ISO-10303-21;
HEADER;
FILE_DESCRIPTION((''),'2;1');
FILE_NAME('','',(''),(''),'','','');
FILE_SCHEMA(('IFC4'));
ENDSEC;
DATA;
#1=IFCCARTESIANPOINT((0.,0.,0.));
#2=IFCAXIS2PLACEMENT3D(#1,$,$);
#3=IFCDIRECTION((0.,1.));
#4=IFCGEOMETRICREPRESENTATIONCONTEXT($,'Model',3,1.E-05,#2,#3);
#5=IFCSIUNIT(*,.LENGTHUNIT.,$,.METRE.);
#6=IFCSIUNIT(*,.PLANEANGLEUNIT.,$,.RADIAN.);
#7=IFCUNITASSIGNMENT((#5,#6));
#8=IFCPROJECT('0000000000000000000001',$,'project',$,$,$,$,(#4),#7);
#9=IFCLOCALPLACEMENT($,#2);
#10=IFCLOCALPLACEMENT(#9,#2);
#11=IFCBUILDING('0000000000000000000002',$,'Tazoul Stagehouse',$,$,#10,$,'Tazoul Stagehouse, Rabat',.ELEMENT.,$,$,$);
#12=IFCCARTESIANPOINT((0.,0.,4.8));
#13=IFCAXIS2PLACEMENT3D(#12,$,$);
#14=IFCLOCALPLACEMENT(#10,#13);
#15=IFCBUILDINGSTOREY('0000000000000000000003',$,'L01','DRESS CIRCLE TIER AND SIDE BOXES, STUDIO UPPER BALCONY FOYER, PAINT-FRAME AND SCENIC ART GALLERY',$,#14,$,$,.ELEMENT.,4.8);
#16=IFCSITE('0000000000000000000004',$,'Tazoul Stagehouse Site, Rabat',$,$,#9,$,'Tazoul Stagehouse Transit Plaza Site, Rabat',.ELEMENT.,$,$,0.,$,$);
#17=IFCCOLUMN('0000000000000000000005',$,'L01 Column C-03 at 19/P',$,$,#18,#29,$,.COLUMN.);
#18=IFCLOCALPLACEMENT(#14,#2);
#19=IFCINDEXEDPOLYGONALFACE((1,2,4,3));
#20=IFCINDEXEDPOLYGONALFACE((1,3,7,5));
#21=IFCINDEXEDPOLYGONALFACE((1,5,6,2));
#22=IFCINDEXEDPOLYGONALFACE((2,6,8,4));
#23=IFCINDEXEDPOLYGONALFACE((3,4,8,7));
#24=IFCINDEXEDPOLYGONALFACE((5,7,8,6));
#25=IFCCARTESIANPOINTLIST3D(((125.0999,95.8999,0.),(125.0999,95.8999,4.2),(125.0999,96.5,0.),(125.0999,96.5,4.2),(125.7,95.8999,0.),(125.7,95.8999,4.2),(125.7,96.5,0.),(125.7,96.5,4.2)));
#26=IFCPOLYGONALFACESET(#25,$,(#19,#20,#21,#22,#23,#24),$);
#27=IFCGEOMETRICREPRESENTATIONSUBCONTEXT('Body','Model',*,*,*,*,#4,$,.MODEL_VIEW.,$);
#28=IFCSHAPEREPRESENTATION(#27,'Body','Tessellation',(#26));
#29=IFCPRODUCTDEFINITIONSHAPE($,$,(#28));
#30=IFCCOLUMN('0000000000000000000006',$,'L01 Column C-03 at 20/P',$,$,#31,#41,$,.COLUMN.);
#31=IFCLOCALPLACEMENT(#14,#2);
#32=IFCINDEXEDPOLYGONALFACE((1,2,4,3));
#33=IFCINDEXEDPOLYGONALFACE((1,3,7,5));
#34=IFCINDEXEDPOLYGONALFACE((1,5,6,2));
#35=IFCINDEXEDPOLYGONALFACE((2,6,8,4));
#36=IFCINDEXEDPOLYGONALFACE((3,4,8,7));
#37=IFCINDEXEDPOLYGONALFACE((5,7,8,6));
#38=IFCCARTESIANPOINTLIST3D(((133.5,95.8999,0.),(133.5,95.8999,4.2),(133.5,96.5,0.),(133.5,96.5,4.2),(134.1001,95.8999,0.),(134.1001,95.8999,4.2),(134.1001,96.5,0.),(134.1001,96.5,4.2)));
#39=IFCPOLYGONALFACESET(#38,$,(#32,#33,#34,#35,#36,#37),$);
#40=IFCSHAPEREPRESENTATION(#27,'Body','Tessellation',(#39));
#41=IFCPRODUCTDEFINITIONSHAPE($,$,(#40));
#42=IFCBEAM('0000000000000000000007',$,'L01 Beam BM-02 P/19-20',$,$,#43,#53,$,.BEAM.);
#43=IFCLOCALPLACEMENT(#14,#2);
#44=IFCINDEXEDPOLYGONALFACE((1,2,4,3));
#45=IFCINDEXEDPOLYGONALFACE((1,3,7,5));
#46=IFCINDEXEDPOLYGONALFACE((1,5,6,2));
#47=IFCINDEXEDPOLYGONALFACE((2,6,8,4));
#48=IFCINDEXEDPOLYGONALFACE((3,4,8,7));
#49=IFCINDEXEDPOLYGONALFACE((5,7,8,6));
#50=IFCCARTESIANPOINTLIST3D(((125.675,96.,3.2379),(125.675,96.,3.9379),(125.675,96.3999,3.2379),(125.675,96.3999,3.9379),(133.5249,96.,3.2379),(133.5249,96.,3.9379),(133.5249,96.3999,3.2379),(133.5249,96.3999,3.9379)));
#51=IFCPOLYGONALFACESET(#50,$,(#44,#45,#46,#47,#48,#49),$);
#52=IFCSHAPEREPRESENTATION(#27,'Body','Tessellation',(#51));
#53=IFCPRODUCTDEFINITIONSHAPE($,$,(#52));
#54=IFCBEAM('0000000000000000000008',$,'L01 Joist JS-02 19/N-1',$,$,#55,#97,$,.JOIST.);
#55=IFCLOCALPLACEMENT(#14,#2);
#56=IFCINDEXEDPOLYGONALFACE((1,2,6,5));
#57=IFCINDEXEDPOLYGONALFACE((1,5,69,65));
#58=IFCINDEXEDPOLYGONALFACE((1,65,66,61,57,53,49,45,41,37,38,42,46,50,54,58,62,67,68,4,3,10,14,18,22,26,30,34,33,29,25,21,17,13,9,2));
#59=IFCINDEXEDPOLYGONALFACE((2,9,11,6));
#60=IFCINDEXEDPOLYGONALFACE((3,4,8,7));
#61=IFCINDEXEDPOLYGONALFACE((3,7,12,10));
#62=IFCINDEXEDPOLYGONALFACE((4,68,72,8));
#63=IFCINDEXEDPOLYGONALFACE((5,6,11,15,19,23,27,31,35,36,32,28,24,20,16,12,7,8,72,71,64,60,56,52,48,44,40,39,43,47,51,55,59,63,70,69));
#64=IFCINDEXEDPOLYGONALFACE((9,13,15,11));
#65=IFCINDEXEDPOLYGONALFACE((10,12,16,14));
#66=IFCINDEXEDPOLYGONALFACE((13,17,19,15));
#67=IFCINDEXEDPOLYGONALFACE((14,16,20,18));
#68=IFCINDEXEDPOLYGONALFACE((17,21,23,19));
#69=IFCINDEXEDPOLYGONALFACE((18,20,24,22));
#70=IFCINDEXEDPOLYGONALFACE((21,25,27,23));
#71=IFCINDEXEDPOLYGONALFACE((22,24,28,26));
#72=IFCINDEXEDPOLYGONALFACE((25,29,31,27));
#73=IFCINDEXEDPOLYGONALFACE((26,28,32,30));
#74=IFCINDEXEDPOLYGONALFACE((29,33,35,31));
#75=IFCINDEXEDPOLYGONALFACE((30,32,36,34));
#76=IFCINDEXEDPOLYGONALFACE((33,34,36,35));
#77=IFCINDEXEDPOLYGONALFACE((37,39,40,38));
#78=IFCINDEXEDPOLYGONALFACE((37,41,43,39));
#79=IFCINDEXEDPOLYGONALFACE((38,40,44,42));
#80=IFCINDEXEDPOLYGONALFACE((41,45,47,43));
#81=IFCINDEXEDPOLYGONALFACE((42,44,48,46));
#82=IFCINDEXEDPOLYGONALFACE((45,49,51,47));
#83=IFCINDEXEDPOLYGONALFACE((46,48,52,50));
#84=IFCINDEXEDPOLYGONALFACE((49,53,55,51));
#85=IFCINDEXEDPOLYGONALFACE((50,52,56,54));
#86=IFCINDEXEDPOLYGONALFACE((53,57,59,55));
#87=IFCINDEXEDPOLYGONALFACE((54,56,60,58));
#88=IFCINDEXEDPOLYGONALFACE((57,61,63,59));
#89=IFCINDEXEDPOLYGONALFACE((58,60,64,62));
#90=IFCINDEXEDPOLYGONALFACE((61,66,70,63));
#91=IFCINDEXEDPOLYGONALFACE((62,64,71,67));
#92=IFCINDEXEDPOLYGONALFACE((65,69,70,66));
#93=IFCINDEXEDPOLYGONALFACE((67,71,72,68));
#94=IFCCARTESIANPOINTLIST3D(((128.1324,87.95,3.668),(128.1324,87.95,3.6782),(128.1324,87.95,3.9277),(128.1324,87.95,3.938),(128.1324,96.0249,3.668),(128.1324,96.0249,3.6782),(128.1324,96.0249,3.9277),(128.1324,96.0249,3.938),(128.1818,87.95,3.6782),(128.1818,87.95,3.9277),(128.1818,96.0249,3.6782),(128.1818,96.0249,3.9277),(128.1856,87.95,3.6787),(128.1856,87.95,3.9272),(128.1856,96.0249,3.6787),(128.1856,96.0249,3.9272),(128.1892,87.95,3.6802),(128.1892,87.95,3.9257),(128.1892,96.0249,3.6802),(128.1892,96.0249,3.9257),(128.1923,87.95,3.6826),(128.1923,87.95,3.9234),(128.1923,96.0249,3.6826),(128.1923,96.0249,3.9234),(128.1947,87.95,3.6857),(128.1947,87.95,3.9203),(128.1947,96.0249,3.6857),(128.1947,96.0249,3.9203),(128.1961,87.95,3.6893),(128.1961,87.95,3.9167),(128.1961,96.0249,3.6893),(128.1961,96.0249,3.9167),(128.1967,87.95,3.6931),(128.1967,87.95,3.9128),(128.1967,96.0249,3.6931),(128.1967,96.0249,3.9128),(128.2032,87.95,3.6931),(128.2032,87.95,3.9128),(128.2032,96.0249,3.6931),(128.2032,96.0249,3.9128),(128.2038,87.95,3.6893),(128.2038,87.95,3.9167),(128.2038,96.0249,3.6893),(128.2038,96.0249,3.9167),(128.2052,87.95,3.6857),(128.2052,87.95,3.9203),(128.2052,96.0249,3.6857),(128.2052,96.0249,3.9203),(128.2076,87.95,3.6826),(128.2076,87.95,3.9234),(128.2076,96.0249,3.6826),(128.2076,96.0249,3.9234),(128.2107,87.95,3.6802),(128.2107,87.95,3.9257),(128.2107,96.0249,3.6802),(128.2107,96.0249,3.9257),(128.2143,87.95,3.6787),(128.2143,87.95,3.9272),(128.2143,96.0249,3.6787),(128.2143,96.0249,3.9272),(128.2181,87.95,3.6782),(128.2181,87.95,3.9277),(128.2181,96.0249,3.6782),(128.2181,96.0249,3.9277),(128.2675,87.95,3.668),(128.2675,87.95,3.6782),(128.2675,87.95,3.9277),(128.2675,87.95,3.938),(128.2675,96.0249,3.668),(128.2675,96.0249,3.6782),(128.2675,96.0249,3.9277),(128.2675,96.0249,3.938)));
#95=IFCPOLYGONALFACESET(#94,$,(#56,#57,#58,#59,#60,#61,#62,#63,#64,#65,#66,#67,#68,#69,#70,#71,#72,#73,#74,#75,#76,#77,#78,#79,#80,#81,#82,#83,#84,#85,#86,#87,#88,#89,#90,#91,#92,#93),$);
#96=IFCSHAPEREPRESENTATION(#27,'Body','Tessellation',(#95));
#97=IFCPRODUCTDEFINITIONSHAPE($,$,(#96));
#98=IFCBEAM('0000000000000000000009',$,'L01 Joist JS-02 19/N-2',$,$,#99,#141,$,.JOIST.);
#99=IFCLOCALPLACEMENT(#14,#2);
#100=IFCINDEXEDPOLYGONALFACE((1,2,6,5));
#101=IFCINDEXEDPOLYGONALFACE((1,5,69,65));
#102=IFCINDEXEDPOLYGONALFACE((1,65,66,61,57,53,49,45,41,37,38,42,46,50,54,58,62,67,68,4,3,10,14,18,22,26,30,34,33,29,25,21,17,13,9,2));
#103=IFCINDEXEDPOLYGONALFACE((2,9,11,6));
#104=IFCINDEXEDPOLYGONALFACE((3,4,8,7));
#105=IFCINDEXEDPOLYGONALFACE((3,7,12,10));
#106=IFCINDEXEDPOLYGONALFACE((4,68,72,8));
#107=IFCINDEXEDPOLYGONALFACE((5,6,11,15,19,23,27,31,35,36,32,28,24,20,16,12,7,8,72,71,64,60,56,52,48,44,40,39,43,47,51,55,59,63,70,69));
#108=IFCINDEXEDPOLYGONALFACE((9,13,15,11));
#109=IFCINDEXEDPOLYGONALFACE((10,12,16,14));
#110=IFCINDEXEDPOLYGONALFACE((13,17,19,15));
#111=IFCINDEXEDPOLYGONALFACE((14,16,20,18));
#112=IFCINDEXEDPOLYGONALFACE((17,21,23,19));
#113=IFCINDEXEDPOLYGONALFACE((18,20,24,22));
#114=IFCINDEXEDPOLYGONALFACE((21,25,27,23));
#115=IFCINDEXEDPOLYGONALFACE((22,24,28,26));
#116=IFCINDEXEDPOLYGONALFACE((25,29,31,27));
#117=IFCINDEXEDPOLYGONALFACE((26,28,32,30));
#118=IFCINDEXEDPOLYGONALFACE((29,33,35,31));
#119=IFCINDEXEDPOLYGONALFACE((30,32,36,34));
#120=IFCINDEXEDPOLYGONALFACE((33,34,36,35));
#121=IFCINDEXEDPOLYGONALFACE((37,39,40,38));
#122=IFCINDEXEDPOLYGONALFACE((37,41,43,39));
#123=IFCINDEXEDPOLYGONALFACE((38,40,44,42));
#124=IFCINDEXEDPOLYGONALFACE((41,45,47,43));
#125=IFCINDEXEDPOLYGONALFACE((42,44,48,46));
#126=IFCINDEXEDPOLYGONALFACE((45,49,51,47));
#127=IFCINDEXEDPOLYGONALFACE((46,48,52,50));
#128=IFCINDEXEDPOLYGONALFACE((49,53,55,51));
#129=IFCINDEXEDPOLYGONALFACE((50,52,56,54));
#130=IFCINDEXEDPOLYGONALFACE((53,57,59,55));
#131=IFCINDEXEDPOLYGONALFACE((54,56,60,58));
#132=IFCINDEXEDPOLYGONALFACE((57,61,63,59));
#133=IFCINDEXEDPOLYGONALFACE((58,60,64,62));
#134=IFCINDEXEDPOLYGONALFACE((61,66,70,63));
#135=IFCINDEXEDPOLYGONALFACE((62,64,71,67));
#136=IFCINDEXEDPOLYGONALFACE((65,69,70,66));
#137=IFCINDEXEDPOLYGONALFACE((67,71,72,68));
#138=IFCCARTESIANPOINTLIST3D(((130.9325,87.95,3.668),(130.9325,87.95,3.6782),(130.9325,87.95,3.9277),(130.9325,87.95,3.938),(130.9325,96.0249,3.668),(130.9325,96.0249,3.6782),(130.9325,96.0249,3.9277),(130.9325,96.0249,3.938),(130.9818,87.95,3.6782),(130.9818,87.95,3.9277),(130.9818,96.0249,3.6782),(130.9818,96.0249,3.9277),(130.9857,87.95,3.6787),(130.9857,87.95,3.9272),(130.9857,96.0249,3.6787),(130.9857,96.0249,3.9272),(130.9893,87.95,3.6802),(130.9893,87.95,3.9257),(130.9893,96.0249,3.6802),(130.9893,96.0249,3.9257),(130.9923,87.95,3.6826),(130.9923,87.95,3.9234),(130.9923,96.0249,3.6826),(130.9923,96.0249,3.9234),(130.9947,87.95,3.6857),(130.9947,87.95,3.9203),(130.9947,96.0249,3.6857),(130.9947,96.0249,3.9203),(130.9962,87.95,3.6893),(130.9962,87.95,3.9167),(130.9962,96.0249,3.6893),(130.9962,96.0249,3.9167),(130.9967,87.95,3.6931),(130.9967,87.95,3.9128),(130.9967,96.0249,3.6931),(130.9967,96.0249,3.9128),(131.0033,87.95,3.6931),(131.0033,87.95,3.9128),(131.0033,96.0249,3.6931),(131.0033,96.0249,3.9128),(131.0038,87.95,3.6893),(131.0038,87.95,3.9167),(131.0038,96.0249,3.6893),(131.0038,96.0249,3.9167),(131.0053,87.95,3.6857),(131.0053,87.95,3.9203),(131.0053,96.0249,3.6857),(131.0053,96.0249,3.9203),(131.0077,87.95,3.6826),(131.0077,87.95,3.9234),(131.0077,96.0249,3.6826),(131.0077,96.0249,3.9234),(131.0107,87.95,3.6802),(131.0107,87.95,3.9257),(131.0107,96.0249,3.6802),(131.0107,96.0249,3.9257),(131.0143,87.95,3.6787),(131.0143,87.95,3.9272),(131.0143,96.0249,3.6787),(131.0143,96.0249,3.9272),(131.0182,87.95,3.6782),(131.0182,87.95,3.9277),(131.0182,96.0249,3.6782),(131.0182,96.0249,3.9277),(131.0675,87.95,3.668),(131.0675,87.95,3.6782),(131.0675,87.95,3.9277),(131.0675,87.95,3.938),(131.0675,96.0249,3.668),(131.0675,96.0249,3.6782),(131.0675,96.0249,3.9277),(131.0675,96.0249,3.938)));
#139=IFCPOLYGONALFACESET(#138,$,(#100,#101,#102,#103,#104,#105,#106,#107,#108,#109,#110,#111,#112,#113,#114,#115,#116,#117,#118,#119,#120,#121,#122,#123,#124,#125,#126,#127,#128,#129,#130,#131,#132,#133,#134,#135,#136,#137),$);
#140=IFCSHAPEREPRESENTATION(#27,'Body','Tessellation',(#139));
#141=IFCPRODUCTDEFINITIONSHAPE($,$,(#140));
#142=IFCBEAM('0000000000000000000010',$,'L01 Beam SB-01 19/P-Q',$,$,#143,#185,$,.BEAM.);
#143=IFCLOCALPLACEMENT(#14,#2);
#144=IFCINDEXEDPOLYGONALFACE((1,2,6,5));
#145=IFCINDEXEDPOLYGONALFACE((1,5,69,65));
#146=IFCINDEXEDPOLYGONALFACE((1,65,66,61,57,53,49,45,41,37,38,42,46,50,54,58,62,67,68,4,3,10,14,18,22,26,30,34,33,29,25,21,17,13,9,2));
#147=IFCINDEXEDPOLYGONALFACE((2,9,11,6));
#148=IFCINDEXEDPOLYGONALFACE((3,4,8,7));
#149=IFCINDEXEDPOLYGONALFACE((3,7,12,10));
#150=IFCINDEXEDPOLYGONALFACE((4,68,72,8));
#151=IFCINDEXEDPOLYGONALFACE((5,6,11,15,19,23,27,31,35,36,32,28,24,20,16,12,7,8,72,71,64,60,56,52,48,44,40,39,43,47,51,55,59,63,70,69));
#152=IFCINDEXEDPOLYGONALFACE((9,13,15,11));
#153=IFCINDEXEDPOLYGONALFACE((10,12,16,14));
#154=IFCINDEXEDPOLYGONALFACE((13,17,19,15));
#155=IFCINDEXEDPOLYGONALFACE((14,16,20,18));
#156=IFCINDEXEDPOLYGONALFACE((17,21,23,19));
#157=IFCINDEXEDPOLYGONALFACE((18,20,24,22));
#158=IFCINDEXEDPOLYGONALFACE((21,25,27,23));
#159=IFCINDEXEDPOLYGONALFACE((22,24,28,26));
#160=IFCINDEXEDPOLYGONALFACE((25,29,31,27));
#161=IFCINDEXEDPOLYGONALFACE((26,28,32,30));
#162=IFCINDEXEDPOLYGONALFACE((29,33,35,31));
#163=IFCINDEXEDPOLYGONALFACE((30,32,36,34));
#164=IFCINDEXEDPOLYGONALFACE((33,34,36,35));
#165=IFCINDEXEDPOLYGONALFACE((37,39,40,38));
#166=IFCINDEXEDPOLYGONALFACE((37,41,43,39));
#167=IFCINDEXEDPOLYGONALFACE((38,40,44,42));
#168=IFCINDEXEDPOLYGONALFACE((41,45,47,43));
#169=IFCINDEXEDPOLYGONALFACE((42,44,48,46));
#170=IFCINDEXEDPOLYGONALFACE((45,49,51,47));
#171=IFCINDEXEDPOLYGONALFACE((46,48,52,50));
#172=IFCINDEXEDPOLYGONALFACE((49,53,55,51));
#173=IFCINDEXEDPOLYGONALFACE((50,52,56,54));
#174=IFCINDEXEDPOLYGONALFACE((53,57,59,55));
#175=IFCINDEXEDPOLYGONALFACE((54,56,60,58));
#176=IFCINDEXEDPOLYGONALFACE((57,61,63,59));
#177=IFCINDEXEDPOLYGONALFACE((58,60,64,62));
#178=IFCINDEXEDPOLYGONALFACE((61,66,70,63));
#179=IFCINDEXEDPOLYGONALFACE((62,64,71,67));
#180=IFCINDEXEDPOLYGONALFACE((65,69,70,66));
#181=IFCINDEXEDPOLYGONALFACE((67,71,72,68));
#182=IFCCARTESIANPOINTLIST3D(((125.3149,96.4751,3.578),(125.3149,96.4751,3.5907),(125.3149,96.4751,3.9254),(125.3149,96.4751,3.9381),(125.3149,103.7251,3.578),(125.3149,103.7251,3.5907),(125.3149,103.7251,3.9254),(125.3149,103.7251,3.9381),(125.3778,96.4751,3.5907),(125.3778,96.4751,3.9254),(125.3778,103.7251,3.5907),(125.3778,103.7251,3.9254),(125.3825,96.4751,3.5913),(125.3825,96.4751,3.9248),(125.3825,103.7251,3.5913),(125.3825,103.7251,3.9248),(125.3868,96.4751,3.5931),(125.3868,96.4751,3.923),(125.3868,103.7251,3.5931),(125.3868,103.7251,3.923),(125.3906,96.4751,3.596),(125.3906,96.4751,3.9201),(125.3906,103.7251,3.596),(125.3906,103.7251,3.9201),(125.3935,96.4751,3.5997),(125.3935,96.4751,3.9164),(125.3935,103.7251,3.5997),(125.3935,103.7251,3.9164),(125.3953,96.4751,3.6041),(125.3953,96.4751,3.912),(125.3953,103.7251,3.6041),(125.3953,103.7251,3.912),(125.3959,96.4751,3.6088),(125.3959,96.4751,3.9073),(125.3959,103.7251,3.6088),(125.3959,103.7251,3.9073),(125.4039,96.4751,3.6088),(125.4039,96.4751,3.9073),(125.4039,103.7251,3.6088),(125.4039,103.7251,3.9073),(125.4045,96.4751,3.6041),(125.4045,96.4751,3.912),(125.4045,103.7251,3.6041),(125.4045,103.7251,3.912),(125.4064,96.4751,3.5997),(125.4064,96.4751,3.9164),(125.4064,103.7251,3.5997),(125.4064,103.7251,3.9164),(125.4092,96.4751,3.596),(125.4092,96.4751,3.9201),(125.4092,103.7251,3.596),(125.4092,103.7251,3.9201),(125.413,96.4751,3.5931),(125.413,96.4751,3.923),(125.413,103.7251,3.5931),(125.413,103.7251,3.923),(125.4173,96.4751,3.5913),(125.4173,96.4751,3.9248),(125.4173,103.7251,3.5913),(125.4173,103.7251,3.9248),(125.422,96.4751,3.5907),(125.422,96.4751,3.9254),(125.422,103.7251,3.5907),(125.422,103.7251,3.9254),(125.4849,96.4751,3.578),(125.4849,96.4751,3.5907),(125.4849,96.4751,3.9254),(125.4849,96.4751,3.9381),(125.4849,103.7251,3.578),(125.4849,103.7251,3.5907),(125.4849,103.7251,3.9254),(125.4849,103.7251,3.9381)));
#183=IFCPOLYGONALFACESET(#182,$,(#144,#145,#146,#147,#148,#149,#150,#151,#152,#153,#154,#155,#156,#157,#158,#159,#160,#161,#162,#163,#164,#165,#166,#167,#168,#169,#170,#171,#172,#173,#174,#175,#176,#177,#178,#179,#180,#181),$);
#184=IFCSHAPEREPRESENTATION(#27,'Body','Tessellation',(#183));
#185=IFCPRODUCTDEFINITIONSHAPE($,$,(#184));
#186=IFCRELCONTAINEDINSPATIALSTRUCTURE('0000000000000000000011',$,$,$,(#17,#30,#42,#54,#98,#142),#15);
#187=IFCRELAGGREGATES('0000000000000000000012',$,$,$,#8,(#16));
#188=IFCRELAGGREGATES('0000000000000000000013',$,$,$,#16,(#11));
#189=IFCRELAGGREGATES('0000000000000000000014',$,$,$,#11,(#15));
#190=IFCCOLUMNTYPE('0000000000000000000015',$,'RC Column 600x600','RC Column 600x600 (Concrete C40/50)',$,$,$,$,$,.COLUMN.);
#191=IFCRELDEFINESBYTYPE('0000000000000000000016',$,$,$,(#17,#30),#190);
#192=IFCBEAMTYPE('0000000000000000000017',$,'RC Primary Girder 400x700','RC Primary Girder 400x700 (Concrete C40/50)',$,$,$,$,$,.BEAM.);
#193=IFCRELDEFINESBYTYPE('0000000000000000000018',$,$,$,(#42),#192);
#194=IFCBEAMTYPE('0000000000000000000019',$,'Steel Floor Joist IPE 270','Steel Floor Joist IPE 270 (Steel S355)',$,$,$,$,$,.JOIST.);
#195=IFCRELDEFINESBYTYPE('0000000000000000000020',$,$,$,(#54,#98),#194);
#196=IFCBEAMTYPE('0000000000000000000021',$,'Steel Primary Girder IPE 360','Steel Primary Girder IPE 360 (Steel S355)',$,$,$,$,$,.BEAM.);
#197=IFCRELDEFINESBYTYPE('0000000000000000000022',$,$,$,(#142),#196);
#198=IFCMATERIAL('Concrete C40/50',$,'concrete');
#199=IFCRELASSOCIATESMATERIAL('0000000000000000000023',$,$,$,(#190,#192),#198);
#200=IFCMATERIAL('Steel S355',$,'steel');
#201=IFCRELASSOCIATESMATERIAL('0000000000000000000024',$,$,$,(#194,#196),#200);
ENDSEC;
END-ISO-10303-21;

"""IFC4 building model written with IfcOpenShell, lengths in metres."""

from ifc_helpers import new_model, si_unit, direction, frame, origin, origin_2d, place, context, subcontext, project, spatial, rectangle, i_section, extrude, material, material_profile, profile_set, type_object, element, save


model = new_model("IFC4")

# Units and contexts
model_context = context("Model", 3, precision=1e-05, world=origin(), true_north=direction((0.0, 1.0)))
body_context = subcontext(model_context, "Body", "Model", "MODEL_VIEW")
ifc_project = project(units=[si_unit("LENGTHUNIT", "METRE"), si_unit("PLANEANGLEUNIT", "RADIAN")], contexts=[model_context])

# Site, building, storey
site_placement = place(None, origin())
site = spatial("IfcSite", under=ifc_project, at=site_placement, Name="Tazoul Stagehouse Site, Rabat", LongName="Tazoul Stagehouse Transit Plaza Site, Rabat", CompositionType="ELEMENT", RefElevation=0.0)
building_placement = place(site_placement, origin())
building = spatial("IfcBuilding", under=site, at=building_placement, Name="Tazoul Stagehouse", LongName="Tazoul Stagehouse, Rabat", CompositionType="ELEMENT")
storey_placement = place(building_placement, frame((0.0, 0.0, 4.8)))
storey = spatial("IfcBuildingStorey", under=building, at=storey_placement, Name="L01", Description="DRESS CIRCLE TIER AND SIDE BOXES, STUDIO UPPER BALCONY FOYER, PAINT-FRAME AND SCENIC ART GALLERY", CompositionType="ELEMENT", Elevation=4.8)

# Columns
ifc_material_1 = material(Name="Concrete C40/50", Category="concrete")
ifc_material_profile_1 = material_profile(ifc_material_1, rectangle(XDim=0.6001, YDim=0.6001, at=origin_2d()), Name="RC 600x600")
ifc_profile_set_1 = profile_set([ifc_material_profile_1], Name="Concrete C40/50")
column_type = type_object("IfcColumnType", Name="RC Column 600x600", Description="RC Column 600x600 (Concrete C40/50)", PredefinedType="COLUMN", material=ifc_profile_set_1)
for number, where, z_axis, x_axis, name in (
    (1, (125.3999, 96.2, 0.0), (0.0, 0.0, 1.0), (1.0, 0.0, 0.0), "L01 Column C-03 at 19/P"),
    (2, (133.8, 96.2, 0.0), (0.0, 0.0, 1.0), (1.0, 0.0, 0.0), "L01 Column C-03 at 20/P"),
):
    element("IfcColumn", number, at=place(storey_placement, frame(where, z_axis=z_axis, x_axis=x_axis)), inside=storey, type_object=column_type, Name=name, PredefinedType="COLUMN", context=body_context, shape_type="SweptSolid", body=[
        extrude(rectangle(XDim=0.6001, YDim=0.6001, at=origin_2d()), origin(), (0.0, 0.0, 1.0), 4.2),
    ])

# Beams
ifc_material_profile_2 = material_profile(ifc_material_1, rectangle(XDim=0.3999, YDim=0.7, at=origin_2d()), Name="RC 400x700")
ifc_profile_set_2 = profile_set([ifc_material_profile_2], Name="Concrete C40/50")
beam_type_1 = type_object("IfcBeamType", Name="RC Primary Girder 400x700", Description="RC Primary Girder 400x700 (Concrete C40/50)", PredefinedType="BEAM", material=ifc_profile_set_2)
beam_placement = place(storey_placement, frame((125.675, 96.2, 3.5879), z_axis=(1.0, 0.0, 0.0), x_axis=(0.0, 1.0, 0.0)))
element("IfcBeam", 3, at=beam_placement, inside=storey, type_object=beam_type_1, Name="L01 Beam BM-02 P/19-20", PredefinedType="BEAM", context=body_context, shape_type="SweptSolid", body=[
    extrude(rectangle(XDim=0.3999, YDim=0.7, at=origin_2d()), origin(), (0.0, 0.0, 1.0), 7.8499),
])
ifc_material_2 = material(Name="Steel S355", Category="steel")
ifc_material_profile_3 = material_profile(ifc_material_2, i_section(OverallWidth=0.135, OverallDepth=0.27, WebThickness=0.0066, FlangeThickness=0.0103, FilletRadius=0.0149, at=origin_2d()), Name="IPE 270")
ifc_profile_set_3 = profile_set([ifc_material_profile_3], Name="Steel S355")
beam_type_2 = type_object("IfcBeamType", Name="Steel Floor Joist IPE 270", Description="Steel Floor Joist IPE 270 (Steel S355)", PredefinedType="JOIST", material=ifc_profile_set_3)
for number, where, z_axis, x_axis, name in (
    (4, (128.2, 87.95, 3.803), (0.0, 1.0, 0.0), (-1.0, 0.0, 0.0), "L01 Joist JS-02 19/N-1"),
    (5, (131.0, 87.95, 3.803), (0.0, 1.0, 0.0), (-1.0, 0.0, 0.0), "L01 Joist JS-02 19/N-2"),
):
    element("IfcBeam", number, at=place(storey_placement, frame(where, z_axis=z_axis, x_axis=x_axis)), inside=storey, type_object=beam_type_2, Name=name, PredefinedType="JOIST", context=body_context, shape_type="SweptSolid", body=[
        extrude(i_section(OverallWidth=0.135, OverallDepth=0.27, WebThickness=0.0066, FlangeThickness=0.0103, FilletRadius=0.0149, at=origin_2d()), origin(), (0.0, 0.0, 1.0), 8.075),
    ])
ifc_material_profile_4 = material_profile(ifc_material_2, i_section(OverallWidth=0.1699, OverallDepth=0.3601, WebThickness=0.0081, FlangeThickness=0.0127, FilletRadius=0.0181, at=origin_2d()), Name="IPE 360")
ifc_profile_set_4 = profile_set([ifc_material_profile_4], Name="Steel S355")
beam_type_3 = type_object("IfcBeamType", Name="Steel Primary Girder IPE 360", Description="Steel Primary Girder IPE 360 (Steel S355)", PredefinedType="BEAM", material=ifc_profile_set_4)
for number, where, z_axis, x_axis, name in (
    (6, (125.3999, 96.4751, 3.7581), (0.0, 1.0, 0.0), (-1.0, 0.0, 0.0), "L01 Beam SB-01 19/P-Q"),
):
    element("IfcBeam", number, at=place(storey_placement, frame(where, z_axis=z_axis, x_axis=x_axis)), inside=storey, type_object=beam_type_3, Name=name, PredefinedType="BEAM", context=body_context, shape_type="SweptSolid", body=[
        extrude(i_section(OverallWidth=0.1699, OverallDepth=0.3601, WebThickness=0.0081, FlangeThickness=0.0127, FilletRadius=0.0181, at=origin_2d()), origin(), (0.0, 0.0, 1.0), 7.25),
    ])

save(model, "model.ifc")
